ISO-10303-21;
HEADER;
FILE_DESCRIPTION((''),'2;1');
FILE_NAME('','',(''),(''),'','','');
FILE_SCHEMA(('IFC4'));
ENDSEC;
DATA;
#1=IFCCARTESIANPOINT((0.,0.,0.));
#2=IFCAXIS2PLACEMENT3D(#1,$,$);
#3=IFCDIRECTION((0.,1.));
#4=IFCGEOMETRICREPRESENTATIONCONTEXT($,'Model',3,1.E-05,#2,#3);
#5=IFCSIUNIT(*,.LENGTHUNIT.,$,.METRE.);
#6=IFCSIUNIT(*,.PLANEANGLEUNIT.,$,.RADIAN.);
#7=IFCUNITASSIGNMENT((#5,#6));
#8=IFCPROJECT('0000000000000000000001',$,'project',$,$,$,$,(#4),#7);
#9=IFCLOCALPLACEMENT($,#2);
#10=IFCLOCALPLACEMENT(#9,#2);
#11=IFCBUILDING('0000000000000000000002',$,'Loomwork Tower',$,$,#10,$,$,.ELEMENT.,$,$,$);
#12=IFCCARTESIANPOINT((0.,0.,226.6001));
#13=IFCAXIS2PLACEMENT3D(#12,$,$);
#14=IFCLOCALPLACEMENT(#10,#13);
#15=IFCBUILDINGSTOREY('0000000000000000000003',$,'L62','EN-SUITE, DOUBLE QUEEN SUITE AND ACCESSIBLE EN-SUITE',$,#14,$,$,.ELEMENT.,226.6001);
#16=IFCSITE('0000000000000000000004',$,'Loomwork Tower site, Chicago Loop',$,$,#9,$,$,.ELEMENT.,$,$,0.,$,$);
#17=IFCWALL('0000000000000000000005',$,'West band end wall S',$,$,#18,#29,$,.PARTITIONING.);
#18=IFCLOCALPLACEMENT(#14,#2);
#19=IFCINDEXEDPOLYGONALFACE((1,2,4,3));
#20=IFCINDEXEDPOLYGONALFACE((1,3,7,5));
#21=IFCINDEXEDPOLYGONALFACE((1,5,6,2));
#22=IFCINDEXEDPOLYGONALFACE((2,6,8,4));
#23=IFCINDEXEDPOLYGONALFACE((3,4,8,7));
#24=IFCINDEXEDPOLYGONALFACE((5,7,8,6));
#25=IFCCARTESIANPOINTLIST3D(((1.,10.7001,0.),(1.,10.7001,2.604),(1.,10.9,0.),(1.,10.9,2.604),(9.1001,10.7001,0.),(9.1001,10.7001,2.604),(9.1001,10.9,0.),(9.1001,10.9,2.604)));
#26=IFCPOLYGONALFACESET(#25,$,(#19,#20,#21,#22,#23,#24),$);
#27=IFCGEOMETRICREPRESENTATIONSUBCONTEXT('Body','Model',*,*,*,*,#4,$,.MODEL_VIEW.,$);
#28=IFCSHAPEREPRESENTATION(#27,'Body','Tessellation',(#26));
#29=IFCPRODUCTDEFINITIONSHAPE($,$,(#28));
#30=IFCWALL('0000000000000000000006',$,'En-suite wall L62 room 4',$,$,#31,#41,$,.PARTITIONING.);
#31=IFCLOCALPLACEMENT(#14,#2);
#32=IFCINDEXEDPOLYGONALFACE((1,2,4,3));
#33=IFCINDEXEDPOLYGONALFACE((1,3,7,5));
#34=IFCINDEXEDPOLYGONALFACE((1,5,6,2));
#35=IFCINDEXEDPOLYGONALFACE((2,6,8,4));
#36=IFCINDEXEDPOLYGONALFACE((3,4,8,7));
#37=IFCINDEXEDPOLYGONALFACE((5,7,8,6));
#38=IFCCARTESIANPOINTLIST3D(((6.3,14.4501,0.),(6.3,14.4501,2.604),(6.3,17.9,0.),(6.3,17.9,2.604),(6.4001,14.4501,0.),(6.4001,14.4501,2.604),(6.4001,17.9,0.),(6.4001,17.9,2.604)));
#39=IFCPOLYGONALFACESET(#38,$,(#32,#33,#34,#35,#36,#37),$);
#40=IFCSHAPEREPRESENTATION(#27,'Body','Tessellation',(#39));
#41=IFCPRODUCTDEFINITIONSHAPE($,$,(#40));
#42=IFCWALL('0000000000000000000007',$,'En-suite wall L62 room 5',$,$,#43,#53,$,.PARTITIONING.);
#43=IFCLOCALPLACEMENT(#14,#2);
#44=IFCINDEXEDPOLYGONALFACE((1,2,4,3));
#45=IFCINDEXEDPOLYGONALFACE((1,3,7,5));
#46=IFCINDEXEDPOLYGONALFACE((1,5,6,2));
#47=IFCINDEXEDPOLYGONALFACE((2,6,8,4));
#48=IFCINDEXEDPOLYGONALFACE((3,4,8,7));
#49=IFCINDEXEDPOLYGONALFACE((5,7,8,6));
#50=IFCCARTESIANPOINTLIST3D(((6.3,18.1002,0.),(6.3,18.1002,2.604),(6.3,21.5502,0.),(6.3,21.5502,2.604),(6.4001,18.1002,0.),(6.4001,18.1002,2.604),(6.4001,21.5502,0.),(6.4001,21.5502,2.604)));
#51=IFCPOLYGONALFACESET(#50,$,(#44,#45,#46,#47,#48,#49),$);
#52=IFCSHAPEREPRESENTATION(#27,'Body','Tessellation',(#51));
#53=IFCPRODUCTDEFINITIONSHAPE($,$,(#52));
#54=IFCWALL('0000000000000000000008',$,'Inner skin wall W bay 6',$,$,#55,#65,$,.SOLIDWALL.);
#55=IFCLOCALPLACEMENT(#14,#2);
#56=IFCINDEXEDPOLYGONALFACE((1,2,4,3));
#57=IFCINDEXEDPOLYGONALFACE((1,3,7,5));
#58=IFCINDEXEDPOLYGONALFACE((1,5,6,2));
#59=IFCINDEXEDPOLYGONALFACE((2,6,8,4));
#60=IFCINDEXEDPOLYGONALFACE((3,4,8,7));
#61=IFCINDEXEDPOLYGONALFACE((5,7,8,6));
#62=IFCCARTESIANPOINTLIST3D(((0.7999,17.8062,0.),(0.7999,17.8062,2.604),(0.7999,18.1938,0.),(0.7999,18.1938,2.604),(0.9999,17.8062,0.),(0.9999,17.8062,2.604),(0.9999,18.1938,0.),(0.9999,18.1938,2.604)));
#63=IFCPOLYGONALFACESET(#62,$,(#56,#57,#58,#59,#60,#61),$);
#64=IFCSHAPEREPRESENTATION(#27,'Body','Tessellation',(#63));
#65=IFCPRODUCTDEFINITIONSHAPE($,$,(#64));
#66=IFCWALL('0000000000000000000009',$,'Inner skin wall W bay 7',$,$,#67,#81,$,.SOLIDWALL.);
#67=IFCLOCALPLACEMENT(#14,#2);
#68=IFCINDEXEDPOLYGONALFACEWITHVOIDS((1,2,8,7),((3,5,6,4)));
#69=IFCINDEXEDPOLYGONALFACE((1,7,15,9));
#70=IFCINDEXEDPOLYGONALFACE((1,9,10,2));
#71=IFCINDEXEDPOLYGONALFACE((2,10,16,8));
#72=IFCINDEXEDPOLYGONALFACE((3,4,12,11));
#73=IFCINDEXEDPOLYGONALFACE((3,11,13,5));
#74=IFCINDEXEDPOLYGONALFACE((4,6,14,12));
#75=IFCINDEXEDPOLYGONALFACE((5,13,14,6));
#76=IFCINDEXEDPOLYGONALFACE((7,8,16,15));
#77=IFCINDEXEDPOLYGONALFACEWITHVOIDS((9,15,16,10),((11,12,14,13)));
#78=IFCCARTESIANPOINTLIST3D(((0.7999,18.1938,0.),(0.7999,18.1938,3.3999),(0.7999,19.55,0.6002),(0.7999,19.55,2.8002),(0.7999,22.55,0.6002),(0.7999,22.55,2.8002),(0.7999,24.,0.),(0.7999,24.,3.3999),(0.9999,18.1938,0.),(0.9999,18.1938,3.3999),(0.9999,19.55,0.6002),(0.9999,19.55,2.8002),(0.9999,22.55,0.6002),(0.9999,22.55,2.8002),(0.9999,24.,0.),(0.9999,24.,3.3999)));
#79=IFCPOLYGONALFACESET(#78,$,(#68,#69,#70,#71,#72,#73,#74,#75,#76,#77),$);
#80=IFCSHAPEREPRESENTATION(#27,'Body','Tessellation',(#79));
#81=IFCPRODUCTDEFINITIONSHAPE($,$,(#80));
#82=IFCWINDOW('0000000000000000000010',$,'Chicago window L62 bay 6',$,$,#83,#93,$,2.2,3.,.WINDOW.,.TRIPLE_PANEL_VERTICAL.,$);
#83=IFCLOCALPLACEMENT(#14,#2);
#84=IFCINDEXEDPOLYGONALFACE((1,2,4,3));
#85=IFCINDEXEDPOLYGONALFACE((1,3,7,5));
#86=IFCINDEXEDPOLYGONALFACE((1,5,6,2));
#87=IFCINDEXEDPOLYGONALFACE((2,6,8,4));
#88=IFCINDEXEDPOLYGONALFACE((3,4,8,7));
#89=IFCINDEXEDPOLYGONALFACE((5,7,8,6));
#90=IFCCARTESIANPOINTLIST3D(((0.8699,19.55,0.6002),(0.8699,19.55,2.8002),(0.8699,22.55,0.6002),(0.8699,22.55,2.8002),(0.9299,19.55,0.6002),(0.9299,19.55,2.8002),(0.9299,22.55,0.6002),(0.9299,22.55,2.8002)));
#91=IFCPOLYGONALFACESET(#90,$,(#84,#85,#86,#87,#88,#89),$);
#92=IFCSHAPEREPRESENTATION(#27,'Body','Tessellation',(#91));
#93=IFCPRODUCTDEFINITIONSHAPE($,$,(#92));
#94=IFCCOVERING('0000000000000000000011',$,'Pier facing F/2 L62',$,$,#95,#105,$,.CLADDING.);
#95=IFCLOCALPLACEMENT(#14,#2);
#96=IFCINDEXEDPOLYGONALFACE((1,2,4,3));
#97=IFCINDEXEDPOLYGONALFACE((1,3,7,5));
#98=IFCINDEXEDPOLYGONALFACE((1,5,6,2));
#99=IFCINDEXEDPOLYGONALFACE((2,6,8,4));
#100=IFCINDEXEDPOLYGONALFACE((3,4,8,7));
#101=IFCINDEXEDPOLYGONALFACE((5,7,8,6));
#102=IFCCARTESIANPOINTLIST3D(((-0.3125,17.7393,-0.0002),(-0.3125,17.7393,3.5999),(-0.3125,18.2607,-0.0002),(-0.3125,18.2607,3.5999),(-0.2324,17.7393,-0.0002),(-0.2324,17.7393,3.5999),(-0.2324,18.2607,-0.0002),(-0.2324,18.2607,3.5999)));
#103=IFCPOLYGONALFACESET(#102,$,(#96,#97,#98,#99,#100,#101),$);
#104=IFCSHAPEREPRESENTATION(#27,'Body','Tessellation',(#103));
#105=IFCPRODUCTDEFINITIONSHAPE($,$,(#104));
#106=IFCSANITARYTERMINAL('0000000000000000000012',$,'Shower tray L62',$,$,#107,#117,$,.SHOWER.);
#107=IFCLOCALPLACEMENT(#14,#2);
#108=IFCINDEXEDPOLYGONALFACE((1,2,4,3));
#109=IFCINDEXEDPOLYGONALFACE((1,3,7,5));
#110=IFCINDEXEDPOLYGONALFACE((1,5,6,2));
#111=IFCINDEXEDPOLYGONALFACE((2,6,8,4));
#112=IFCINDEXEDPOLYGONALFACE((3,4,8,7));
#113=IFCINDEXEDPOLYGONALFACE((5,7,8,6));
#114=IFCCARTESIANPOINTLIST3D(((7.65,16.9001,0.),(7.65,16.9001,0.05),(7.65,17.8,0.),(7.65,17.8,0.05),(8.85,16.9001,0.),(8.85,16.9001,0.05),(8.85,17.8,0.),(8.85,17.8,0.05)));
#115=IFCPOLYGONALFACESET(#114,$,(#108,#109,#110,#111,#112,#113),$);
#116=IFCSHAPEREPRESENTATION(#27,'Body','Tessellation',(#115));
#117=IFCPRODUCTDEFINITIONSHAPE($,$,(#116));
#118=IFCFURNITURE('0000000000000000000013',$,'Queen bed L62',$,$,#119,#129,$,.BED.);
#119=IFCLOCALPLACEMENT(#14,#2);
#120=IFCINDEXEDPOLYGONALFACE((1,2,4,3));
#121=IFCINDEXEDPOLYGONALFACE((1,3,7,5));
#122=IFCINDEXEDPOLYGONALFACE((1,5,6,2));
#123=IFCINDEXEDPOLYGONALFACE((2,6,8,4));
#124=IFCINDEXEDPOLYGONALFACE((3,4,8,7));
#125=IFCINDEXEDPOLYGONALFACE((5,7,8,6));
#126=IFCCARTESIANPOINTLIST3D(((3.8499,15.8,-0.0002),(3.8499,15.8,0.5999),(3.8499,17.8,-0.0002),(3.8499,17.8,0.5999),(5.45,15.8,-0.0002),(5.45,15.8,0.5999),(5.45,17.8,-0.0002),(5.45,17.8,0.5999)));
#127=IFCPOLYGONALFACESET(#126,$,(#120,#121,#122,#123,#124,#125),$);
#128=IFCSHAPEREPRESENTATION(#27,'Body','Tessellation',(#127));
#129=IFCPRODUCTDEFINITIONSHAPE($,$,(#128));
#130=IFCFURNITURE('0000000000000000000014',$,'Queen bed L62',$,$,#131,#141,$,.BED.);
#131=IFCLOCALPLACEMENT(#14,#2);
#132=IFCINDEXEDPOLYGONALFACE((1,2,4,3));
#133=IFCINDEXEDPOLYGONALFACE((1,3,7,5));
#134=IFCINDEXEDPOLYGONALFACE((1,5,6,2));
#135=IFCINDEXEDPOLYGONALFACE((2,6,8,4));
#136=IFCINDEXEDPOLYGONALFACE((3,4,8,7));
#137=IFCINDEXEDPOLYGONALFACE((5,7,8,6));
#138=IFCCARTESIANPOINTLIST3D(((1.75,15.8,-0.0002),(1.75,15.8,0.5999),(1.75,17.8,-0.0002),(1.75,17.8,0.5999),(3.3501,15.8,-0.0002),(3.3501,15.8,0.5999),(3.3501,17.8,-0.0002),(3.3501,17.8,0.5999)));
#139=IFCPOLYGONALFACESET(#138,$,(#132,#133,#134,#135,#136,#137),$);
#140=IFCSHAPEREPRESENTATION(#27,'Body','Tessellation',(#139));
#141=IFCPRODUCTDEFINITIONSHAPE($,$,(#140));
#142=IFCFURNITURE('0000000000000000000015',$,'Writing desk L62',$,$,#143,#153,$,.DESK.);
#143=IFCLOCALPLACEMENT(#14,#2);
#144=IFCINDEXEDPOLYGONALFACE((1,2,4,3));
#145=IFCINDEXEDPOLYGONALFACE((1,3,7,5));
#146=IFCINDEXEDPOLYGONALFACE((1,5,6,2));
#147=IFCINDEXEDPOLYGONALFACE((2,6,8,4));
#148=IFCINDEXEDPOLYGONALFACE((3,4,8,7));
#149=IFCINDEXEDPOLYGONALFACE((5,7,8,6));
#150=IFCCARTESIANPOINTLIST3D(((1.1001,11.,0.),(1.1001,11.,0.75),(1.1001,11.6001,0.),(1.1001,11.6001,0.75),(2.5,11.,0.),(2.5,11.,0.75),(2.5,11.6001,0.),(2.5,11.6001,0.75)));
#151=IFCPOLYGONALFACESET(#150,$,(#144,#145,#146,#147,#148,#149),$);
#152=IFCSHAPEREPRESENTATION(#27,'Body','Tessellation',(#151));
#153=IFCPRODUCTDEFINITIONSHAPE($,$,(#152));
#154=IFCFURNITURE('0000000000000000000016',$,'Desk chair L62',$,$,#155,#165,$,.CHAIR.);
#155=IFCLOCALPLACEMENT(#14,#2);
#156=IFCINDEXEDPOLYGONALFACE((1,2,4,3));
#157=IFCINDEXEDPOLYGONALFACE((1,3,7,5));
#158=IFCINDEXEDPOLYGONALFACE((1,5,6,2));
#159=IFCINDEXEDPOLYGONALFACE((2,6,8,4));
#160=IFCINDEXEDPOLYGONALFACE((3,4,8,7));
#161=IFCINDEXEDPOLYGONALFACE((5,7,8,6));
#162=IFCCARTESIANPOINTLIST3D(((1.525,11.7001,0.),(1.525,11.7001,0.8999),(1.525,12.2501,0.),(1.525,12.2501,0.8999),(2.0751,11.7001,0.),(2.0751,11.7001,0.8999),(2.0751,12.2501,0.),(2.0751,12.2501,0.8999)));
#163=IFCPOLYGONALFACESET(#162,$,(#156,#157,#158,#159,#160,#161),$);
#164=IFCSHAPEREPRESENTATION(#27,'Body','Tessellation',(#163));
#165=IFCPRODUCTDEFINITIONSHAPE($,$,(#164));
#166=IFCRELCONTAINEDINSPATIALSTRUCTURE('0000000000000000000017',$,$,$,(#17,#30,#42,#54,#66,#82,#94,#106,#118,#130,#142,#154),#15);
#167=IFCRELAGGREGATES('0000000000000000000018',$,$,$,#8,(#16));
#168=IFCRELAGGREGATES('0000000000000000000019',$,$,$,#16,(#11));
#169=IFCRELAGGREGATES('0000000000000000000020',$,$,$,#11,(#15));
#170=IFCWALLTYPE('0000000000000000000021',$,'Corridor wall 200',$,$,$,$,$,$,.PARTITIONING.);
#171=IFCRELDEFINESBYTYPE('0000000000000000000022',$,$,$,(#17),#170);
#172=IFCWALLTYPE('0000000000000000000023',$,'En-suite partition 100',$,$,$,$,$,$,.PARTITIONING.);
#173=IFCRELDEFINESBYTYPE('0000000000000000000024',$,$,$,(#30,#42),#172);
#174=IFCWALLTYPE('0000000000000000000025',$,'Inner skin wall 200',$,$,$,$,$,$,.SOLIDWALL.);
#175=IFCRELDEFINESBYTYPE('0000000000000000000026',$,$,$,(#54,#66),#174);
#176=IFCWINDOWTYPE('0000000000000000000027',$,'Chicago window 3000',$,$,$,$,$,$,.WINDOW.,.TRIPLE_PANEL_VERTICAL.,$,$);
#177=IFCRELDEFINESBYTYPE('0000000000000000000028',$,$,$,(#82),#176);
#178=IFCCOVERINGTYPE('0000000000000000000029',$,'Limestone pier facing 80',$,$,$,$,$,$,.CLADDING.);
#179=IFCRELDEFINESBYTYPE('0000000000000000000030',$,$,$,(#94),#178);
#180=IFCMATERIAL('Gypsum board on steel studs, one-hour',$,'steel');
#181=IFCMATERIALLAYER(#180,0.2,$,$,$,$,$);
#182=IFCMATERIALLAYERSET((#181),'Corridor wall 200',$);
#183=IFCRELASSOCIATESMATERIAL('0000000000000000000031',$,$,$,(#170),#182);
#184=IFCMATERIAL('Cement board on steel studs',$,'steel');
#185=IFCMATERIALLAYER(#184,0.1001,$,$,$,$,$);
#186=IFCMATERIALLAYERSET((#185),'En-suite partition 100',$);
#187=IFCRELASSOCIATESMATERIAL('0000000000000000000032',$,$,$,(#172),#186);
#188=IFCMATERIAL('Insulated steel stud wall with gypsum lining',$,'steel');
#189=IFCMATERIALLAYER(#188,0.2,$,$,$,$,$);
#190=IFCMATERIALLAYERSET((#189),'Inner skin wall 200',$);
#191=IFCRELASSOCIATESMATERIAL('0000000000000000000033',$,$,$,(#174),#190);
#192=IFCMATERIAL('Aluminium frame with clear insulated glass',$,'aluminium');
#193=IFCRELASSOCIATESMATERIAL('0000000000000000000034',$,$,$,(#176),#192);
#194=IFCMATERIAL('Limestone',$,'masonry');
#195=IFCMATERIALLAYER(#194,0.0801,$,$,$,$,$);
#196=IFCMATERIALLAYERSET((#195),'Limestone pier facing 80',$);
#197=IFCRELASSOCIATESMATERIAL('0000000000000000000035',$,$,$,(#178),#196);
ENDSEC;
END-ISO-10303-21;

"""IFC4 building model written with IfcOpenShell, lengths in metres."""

from ifc_helpers import new_model, si_unit, direction, frame, frame_2d, origin, origin_2d, place, context, subcontext, project, spatial, rectangle, extrude, material, layer, layer_set, type_object, element, fill, save


model = new_model("IFC4")

# Units and contexts
model_context = context("Model", 3, precision=1e-05, world=origin(), true_north=direction((0.0, 1.0)))
body_context = subcontext(model_context, "Body", "Model", "MODEL_VIEW")
ifc_project = project(units=[si_unit("LENGTHUNIT", "METRE"), si_unit("PLANEANGLEUNIT", "RADIAN")], contexts=[model_context])

# Site, building, storey
site_placement = place(None, origin())
site = spatial("IfcSite", under=ifc_project, at=site_placement, Name="Loomwork Tower site, Chicago Loop", CompositionType="ELEMENT", RefElevation=0.0)
building_placement = place(site_placement, origin())
building = spatial("IfcBuilding", under=site, at=building_placement, Name="Loomwork Tower", CompositionType="ELEMENT")
storey_placement = place(building_placement, frame((0.0, 0.0, 226.6001)))
storey = spatial("IfcBuildingStorey", under=building, at=storey_placement, Name="L62", Description="EN-SUITE, DOUBLE QUEEN SUITE AND ACCESSIBLE EN-SUITE", CompositionType="ELEMENT", Elevation=226.6001)

# Walls
ifc_material_1 = material(Name="Gypsum board on steel studs, one-hour", Category="steel")
ifc_layer_1 = layer(ifc_material_1, 0.2)
ifc_layer_set_1 = layer_set([ifc_layer_1], Name="Corridor wall 200")
wall_type_1 = type_object("IfcWallType", Name="Corridor wall 200", PredefinedType="PARTITIONING", material=ifc_layer_set_1)
wall_1_placement = place(storey_placement, frame((1.0, 10.8, 0.0), z_axis=(0.0, 0.0, 1.0), x_axis=(1.0, 0.0, 0.0)))
element("IfcWall", 1, at=wall_1_placement, inside=storey, type_object=wall_type_1, Name="West band end wall S", PredefinedType="PARTITIONING", context=body_context, shape_type="SweptSolid", body=[
    extrude(rectangle(XDim=8.1001, YDim=0.2, at=frame_2d((4.05, 0.0))), origin(), (0.0, 0.0, 1.0), 2.604),
])
ifc_material_2 = material(Name="Cement board on steel studs", Category="steel")
ifc_layer_2 = layer(ifc_material_2, 0.1001)
ifc_layer_set_2 = layer_set([ifc_layer_2], Name="En-suite partition 100")
wall_type_2 = type_object("IfcWallType", Name="En-suite partition 100", PredefinedType="PARTITIONING", material=ifc_layer_set_2)
for number, where, z_axis, x_axis, name in (
    (2, (6.3501, 14.45, 0.0), (0.0, 0.0, 1.0), (0.0, 1.0, 0.0), "En-suite wall L62 room 4"),
    (3, (6.3501, 18.1001, 0.0), (0.0, 0.0, 1.0), (0.0, 1.0, 0.0), "En-suite wall L62 room 5"),
):
    element("IfcWall", number, at=place(storey_placement, frame(where, z_axis=z_axis, x_axis=x_axis)), inside=storey, type_object=wall_type_2, Name=name, PredefinedType="PARTITIONING", context=body_context, shape_type="SweptSolid", body=[
        extrude(rectangle(XDim=3.45, YDim=0.1001, at=frame_2d((1.7251, 0.0))), origin(), (0.0, 0.0, 1.0), 2.604),
    ])
ifc_material_3 = material(Name="Insulated steel stud wall with gypsum lining", Category="steel")
ifc_layer_3 = layer(ifc_material_3, 0.2)
ifc_layer_set_3 = layer_set([ifc_layer_3], Name="Inner skin wall 200")
wall_type_3 = type_object("IfcWallType", Name="Inner skin wall 200", PredefinedType="SOLIDWALL", material=ifc_layer_set_3)
wall_2_placement = place(storey_placement, frame((0.8999, 17.8062, 0.0), z_axis=(0.0, 0.0, 1.0), x_axis=(0.0, 1.0, 0.0)))
element("IfcWall", 4, at=wall_2_placement, inside=storey, type_object=wall_type_3, Name="Inner skin wall W bay 6", PredefinedType="SOLIDWALL", context=body_context, shape_type="SweptSolid", body=[
    extrude(rectangle(XDim=0.3877, YDim=0.2, at=frame_2d((0.1938, 0.0))), origin(), (0.0, 0.0, 1.0), 2.604),
])

# Wall, opening, window
wall_3_placement = place(storey_placement, frame((0.8999, 18.1938, 0.0), z_axis=(0.0, 0.0, 1.0), x_axis=(0.0, 1.0, 0.0)))
wall_3 = element("IfcWall", 5, at=wall_3_placement, inside=storey, type_object=wall_type_3, Name="Inner skin wall W bay 7", PredefinedType="SOLIDWALL", context=body_context, shape_type="SweptSolid", body=[
    extrude(rectangle(XDim=5.8062, YDim=0.2, at=frame_2d((2.9031, 0.0))), origin(), (0.0, 0.0, 1.0), 3.3999),
])
opening_placement = place(wall_3_placement, frame((1.3562, 0.0, 0.6001)))
opening = element("IfcOpeningElement", 6, at=opening_placement, cuts=wall_3, PredefinedType="OPENING", context=body_context, shape_type="SweptSolid", body=[
    extrude(rectangle(XDim=3.0, YDim=2.2, at=frame_2d((1.5, 1.1001))), frame((0.0, 0.1099, 0.0), z_axis=(0.0, -1.0, 0.0), x_axis=(1.0, 0.0, 0.0)), (0.0, 0.0, 1.0), 0.22),
])
ifc_material_4 = material(Name="Aluminium frame with clear insulated glass", Category="aluminium")
window_type = type_object("IfcWindowType", Name="Chicago window 3000", PartitioningType="TRIPLE_PANEL_VERTICAL", PredefinedType="WINDOW", material=ifc_material_4)
window_placement = place(opening_placement, origin())
window = element("IfcWindow", 7, at=window_placement, inside=storey, type_object=window_type, Name="Chicago window L62 bay 6", OverallHeight=2.2, OverallWidth=3.0, PartitioningType="TRIPLE_PANEL_VERTICAL", PredefinedType="WINDOW", context=body_context, shape_type="SweptSolid", body=[
    extrude(rectangle(XDim=3.0, YDim=2.2, at=frame_2d((1.5, 1.1001))), frame((0.0, 0.03, 0.0), z_axis=(0.0, -1.0, 0.0), x_axis=(1.0, 0.0, 0.0)), (0.0, 0.0, 1.0), 0.0601),
])
fill(opening, window)

# Covering
ifc_material_5 = material(Name="Limestone", Category="masonry")
ifc_layer_4 = layer(ifc_material_5, 0.0801)
ifc_layer_set_4 = layer_set([ifc_layer_4], Name="Limestone pier facing 80")
covering_type = type_object("IfcCoveringType", Name="Limestone pier facing 80", PredefinedType="CLADDING", material=ifc_layer_set_4)
covering_placement = place(storey_placement, frame((-0.2725, 18.0, -0.0002), z_axis=(0.0, 0.0, 1.0), x_axis=(1.0, 0.0, 0.0)))
element("IfcCovering", 8, at=covering_placement, inside=storey, type_object=covering_type, Name="Pier facing F/2 L62", PredefinedType="CLADDING", context=body_context, shape_type="SweptSolid", body=[
    extrude(rectangle(XDim=0.0801, YDim=0.5215, at=origin_2d()), origin(), (0.0, 0.0, 1.0), 3.6001),
])

# Sanitary terminal
sanitary_terminal_placement = place(storey_placement, frame((8.25, 17.3501, 0.0), z_axis=(0.0, 0.0, 1.0), x_axis=(1.0, 0.0, 0.0)))
element("IfcSanitaryTerminal", 9, at=sanitary_terminal_placement, inside=storey, Name="Shower tray L62", PredefinedType="SHOWER", context=body_context, shape_type="SweptSolid", body=[
    extrude(rectangle(XDim=1.2, YDim=0.8999, at=origin_2d()), origin(), (0.0, 0.0, 1.0), 0.05),
])

# Furniture
for number, where, z_axis, x_axis, name in (
    (10, (4.6499, 16.8, -0.0002), (0.0, 0.0, 1.0), (1.0, 0.0, 0.0), "Queen bed L62"),
    (11, (2.55, 16.8, -0.0002), (0.0, 0.0, 1.0), (1.0, 0.0, 0.0), "Queen bed L62"),
):
    element("IfcFurniture", number, at=place(storey_placement, frame(where, z_axis=z_axis, x_axis=x_axis)), inside=storey, Name=name, PredefinedType="BED", context=body_context, shape_type="SweptSolid", body=[
        extrude(rectangle(XDim=1.6001, YDim=2.0, at=origin_2d()), origin(), (0.0, 0.0, 1.0), 0.6001),
    ])
furniture_1_placement = place(storey_placement, frame((1.8, 11.3, 0.0), z_axis=(0.0, 0.0, 1.0), x_axis=(1.0, 0.0, 0.0)))
element("IfcFurniture", 12, at=furniture_1_placement, inside=storey, Name="Writing desk L62", PredefinedType="DESK", context=body_context, shape_type="SweptSolid", body=[
    extrude(rectangle(XDim=1.3999, YDim=0.6001, at=origin_2d()), origin(), (0.0, 0.0, 1.0), 0.75),
])
furniture_2_placement = place(storey_placement, frame((1.8, 11.9751, 0.0), z_axis=(0.0, 0.0, 1.0), x_axis=(1.0, 0.0, 0.0)))
element("IfcFurniture", 13, at=furniture_2_placement, inside=storey, Name="Desk chair L62", PredefinedType="CHAIR", context=body_context, shape_type="SweptSolid", body=[
    extrude(rectangle(XDim=0.55, YDim=0.55, at=origin_2d()), origin(), (0.0, 0.0, 1.0), 0.8999),
])

save(model, "model.ifc")
